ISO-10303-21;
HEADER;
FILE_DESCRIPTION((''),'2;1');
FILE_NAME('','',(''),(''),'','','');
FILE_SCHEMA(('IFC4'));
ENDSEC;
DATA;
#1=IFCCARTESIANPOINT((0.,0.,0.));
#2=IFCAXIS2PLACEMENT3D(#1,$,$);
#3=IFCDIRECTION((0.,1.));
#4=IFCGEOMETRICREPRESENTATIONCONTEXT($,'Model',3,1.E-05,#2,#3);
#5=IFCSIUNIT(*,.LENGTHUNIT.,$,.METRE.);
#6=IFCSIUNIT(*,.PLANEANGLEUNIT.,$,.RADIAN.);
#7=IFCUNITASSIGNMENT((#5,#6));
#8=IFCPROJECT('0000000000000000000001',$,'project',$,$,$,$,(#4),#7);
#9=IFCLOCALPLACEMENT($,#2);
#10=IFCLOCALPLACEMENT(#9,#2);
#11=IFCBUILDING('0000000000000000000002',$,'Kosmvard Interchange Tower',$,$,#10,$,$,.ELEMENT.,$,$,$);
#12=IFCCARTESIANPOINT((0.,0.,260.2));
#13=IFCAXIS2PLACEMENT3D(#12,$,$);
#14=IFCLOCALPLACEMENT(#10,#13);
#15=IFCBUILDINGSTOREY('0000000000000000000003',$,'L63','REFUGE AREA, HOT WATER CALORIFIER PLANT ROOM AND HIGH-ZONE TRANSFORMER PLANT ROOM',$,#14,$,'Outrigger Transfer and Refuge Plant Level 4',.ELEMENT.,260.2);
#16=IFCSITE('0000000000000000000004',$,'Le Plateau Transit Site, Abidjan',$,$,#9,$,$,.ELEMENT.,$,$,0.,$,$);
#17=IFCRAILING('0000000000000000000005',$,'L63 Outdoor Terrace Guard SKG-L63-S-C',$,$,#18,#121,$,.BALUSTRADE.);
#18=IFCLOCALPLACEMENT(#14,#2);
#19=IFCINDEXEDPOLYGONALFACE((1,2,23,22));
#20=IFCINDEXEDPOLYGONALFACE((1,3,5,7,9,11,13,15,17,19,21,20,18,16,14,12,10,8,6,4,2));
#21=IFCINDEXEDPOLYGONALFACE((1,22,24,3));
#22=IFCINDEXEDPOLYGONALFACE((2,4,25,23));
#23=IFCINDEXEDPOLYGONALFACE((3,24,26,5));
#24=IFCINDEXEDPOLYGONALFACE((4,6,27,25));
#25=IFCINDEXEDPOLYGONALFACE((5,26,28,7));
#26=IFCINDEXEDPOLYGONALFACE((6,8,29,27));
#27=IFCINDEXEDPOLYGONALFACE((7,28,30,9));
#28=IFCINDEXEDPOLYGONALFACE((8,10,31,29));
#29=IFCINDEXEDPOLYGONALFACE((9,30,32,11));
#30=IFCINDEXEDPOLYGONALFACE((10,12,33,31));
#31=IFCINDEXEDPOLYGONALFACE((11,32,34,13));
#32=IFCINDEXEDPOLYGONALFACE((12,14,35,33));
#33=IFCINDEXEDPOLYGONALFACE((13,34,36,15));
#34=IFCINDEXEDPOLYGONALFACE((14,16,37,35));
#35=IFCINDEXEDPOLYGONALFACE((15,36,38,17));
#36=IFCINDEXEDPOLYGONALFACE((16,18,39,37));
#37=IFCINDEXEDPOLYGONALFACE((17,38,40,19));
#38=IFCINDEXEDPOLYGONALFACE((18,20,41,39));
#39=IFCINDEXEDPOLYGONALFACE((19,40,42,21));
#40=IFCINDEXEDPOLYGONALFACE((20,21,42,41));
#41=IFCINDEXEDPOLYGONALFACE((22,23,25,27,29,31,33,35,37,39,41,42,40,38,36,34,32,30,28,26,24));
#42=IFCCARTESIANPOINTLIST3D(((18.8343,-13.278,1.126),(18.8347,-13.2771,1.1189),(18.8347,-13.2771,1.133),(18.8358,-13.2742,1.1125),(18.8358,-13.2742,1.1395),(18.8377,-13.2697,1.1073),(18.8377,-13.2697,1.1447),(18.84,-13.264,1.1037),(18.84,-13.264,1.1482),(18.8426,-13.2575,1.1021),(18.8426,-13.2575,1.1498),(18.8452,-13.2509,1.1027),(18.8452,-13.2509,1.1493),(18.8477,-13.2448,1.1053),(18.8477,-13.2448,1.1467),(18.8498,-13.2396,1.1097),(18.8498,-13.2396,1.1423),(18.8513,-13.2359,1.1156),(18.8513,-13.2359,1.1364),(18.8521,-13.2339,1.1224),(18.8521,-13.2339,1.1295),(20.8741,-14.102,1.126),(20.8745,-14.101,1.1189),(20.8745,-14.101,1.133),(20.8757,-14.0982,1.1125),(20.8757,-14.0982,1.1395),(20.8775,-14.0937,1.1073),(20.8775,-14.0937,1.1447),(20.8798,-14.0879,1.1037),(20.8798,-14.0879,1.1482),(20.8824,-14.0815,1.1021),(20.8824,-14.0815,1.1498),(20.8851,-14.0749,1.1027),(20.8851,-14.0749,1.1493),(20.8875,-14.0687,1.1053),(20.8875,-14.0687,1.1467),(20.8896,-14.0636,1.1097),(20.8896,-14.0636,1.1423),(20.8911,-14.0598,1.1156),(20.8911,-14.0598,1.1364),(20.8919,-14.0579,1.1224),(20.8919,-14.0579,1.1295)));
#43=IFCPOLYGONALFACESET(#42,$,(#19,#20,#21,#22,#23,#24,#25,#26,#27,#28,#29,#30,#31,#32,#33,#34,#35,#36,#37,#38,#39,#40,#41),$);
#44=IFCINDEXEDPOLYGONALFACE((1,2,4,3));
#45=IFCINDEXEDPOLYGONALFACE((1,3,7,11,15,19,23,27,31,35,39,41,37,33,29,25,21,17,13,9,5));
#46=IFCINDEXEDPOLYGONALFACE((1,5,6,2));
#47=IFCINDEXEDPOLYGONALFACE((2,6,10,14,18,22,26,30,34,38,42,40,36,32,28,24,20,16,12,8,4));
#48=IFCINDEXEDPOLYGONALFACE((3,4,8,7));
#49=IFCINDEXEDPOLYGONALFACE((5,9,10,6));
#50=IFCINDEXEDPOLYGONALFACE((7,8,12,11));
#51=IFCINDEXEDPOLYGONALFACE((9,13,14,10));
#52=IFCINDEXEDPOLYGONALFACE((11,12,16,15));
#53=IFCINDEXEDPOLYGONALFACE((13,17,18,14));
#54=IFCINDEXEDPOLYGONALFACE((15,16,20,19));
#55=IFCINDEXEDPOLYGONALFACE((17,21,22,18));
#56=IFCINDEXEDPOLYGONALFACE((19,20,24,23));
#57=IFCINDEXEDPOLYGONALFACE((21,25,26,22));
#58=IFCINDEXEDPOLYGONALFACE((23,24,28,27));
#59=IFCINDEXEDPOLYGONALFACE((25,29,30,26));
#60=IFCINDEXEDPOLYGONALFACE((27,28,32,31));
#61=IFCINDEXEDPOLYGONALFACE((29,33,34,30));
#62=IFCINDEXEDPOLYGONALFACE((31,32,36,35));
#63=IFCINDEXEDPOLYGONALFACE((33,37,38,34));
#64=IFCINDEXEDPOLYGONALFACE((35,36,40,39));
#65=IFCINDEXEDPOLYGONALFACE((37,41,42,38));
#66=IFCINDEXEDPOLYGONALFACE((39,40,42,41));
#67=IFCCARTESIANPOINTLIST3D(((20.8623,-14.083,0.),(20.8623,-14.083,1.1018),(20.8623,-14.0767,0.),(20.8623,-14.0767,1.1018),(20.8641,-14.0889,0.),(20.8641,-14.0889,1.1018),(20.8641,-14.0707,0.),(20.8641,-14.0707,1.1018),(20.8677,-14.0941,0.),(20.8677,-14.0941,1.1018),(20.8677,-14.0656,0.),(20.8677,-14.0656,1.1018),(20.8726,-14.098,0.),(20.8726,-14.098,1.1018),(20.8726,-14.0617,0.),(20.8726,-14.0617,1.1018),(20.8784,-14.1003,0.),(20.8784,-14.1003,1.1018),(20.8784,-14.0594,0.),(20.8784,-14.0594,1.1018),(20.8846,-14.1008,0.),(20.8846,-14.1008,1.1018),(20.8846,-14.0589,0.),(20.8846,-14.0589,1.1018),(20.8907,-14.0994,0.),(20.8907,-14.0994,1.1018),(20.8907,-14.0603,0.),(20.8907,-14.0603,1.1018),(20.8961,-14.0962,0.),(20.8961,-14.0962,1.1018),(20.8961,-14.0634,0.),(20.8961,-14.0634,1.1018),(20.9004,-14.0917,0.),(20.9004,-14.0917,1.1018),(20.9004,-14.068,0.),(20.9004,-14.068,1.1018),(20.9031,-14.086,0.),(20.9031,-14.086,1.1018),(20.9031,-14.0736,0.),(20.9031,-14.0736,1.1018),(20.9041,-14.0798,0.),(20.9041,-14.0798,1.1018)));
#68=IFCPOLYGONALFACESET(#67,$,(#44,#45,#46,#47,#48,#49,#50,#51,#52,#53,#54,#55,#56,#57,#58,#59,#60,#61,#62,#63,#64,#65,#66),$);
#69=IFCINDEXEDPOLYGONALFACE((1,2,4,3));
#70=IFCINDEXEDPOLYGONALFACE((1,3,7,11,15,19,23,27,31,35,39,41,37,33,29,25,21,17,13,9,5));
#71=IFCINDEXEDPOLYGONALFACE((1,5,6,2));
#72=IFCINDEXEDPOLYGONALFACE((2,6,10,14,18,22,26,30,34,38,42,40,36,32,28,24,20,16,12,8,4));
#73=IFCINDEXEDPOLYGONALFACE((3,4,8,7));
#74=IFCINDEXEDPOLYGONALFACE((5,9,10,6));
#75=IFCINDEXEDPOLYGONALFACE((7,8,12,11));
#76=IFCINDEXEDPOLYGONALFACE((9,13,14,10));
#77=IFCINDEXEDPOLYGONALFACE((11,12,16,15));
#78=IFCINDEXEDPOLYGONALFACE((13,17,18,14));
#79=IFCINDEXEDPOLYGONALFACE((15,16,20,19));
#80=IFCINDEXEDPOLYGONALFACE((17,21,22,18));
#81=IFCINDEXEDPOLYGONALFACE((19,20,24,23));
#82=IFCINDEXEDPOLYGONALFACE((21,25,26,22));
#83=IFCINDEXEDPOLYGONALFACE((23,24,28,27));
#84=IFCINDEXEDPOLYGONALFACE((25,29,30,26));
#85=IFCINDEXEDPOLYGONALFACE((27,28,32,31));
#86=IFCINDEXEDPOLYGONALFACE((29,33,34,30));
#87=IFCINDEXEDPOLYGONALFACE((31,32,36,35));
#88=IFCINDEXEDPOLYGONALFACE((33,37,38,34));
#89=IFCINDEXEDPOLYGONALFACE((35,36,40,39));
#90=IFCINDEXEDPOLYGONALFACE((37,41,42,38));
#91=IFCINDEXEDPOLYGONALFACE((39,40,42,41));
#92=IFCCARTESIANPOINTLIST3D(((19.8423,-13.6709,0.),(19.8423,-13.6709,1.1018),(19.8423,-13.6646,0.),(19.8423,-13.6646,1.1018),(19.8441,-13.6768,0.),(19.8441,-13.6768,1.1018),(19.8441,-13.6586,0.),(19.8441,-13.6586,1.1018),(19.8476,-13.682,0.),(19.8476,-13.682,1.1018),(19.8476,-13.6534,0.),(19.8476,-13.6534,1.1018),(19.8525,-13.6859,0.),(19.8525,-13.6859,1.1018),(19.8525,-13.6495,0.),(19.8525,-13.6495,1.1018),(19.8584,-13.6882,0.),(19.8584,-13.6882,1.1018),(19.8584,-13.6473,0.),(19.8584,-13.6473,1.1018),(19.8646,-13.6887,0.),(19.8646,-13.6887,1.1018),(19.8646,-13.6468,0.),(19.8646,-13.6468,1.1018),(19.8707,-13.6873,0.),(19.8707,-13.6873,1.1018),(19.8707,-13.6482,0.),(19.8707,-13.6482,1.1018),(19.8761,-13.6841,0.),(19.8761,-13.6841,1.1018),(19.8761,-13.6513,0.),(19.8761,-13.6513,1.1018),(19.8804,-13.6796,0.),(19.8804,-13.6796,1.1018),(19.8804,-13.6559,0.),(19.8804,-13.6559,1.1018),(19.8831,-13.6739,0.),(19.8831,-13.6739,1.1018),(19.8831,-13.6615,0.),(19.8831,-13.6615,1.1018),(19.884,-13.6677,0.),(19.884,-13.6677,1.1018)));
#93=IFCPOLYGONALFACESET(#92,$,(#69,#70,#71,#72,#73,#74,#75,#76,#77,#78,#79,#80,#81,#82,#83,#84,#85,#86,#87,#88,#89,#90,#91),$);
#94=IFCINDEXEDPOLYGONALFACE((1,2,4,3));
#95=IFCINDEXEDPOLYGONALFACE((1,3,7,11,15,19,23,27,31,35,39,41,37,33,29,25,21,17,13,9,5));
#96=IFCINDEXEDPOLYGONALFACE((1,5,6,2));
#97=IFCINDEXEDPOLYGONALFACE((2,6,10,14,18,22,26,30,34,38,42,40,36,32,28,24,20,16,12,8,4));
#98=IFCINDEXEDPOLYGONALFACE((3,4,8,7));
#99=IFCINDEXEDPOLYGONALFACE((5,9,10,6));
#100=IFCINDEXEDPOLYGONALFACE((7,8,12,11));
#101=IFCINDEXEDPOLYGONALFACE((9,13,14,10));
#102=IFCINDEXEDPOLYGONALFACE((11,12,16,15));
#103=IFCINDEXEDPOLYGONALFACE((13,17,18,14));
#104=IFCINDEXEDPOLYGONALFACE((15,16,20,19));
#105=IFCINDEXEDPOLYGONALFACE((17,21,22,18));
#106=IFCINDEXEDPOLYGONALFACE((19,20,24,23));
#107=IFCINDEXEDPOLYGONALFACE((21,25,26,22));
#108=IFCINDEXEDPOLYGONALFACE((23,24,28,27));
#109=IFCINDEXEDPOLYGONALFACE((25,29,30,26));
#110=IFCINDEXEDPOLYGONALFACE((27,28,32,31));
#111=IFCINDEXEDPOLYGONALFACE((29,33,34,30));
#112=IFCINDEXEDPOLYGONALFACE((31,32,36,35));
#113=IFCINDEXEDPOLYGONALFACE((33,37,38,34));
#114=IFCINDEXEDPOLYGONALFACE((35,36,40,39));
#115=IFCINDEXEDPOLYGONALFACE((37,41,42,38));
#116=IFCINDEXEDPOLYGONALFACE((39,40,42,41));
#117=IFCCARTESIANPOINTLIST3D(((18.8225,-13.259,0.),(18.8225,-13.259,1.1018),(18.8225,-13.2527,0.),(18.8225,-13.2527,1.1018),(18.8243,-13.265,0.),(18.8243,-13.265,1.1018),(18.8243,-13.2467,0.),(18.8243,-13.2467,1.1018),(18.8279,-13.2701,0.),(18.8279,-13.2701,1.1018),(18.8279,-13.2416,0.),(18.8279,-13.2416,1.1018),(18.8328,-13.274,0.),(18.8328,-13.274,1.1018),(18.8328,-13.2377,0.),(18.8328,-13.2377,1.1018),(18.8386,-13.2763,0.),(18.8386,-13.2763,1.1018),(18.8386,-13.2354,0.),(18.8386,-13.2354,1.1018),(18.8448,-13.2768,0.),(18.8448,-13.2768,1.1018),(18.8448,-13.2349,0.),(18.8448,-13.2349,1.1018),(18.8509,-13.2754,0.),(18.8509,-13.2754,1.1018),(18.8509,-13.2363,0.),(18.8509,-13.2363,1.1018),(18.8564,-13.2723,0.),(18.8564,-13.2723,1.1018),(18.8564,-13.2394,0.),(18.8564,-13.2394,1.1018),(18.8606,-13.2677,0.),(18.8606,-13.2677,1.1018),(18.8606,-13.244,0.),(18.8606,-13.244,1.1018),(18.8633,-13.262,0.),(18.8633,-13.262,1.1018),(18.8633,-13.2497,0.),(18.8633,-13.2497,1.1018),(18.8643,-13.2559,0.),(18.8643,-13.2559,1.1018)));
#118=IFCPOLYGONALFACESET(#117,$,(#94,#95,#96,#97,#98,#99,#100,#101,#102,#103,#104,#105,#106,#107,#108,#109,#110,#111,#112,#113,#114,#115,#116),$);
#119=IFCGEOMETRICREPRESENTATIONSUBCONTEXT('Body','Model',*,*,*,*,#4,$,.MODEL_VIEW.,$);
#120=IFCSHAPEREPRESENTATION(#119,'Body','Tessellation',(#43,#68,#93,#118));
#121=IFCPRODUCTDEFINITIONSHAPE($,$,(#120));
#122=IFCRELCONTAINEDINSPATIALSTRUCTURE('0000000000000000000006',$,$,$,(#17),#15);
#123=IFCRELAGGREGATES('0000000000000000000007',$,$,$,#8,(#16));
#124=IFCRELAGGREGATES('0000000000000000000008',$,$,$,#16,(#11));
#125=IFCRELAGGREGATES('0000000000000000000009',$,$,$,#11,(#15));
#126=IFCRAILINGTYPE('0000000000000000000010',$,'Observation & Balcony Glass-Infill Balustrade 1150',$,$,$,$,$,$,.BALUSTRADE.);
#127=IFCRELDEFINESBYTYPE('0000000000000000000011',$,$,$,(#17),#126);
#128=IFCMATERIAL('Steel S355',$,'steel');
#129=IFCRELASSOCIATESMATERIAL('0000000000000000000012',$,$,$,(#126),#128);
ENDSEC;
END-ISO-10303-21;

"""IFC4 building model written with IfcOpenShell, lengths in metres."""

from ifc_helpers import new_model, si_unit, direction, frame, origin, origin_2d, place, context, subcontext, project, spatial, circle, extrude, source, transform, mapped, material, type_object, element, save


model = new_model("IFC4")

# Units and contexts
model_context = context("Model", 3, precision=1e-05, world=origin(), true_north=direction((0.0, 1.0)))
body_context = subcontext(model_context, "Body", "Model", "MODEL_VIEW")
ifc_project = project(units=[si_unit("LENGTHUNIT", "METRE"), si_unit("PLANEANGLEUNIT", "RADIAN")], contexts=[model_context])

# Site, building, storey
site_placement = place(None, origin())
site = spatial("IfcSite", under=ifc_project, at=site_placement, Name="Le Plateau Transit Site, Abidjan", CompositionType="ELEMENT", RefElevation=0.0)
building_placement = place(site_placement, origin())
building = spatial("IfcBuilding", under=site, at=building_placement, Name="Kosmvard Interchange Tower", CompositionType="ELEMENT")
storey_placement = place(building_placement, frame((0.0, 0.0, 260.2)))
storey = spatial("IfcBuildingStorey", under=building, at=storey_placement, Name="L63", Description="REFUGE AREA, HOT WATER CALORIFIER PLANT ROOM AND HIGH-ZONE TRANSFORMER PLANT ROOM", LongName="Outrigger Transfer and Refuge Plant Level 4", CompositionType="ELEMENT", Elevation=260.2)

# Shared definitions
ifc_material_1 = material(Name="Steel S355", Category="steel")

# Railing
railing_type = type_object("IfcRailingType", Name="Observation & Balcony Glass-Infill Balustrade 1150", PredefinedType="BALUSTRADE", material=ifc_material_1)
shared_shape_1 = source(origin(), body_context, "Body", "SweptSolid", [
    extrude(circle(Radius=0.0239, at=origin_2d()), frame((0.0, 0.0, 1.126), z_axis=(-0.927208, 0.374546, 0.0), x_axis=(-0.374546, -0.927208, 0.0)), (0.0, 0.0, 1.0), 2.2),
    extrude(circle(Radius=0.021, at=origin_2d()), origin(), (0.0, 0.0, 1.0), 1.1018),
    extrude(circle(Radius=0.021, at=origin_2d()), frame((-1.02, 0.4121, 0.0)), (0.0, 0.0, 1.0), 1.1018),
    extrude(circle(Radius=0.021, at=origin_2d()), frame((-2.0398, 0.824, 0.0)), (0.0, 0.0, 1.0), 1.1018),
])
railing_1_placement = place(storey_placement, frame((20.8831, -14.0798, 0.0)))
element("IfcRailing", 1, at=railing_1_placement, inside=storey, type_object=railing_type, Name="L63 Outdoor Terrace Guard SKG-L63-S-C", PredefinedType="BALUSTRADE", context=body_context, shape_type="MappedRepresentation", body=[
    mapped(shared_shape_1, transform((0.0, 0.0, 0.0), scale=1.0)),
])

save(model, "model.ifc")
